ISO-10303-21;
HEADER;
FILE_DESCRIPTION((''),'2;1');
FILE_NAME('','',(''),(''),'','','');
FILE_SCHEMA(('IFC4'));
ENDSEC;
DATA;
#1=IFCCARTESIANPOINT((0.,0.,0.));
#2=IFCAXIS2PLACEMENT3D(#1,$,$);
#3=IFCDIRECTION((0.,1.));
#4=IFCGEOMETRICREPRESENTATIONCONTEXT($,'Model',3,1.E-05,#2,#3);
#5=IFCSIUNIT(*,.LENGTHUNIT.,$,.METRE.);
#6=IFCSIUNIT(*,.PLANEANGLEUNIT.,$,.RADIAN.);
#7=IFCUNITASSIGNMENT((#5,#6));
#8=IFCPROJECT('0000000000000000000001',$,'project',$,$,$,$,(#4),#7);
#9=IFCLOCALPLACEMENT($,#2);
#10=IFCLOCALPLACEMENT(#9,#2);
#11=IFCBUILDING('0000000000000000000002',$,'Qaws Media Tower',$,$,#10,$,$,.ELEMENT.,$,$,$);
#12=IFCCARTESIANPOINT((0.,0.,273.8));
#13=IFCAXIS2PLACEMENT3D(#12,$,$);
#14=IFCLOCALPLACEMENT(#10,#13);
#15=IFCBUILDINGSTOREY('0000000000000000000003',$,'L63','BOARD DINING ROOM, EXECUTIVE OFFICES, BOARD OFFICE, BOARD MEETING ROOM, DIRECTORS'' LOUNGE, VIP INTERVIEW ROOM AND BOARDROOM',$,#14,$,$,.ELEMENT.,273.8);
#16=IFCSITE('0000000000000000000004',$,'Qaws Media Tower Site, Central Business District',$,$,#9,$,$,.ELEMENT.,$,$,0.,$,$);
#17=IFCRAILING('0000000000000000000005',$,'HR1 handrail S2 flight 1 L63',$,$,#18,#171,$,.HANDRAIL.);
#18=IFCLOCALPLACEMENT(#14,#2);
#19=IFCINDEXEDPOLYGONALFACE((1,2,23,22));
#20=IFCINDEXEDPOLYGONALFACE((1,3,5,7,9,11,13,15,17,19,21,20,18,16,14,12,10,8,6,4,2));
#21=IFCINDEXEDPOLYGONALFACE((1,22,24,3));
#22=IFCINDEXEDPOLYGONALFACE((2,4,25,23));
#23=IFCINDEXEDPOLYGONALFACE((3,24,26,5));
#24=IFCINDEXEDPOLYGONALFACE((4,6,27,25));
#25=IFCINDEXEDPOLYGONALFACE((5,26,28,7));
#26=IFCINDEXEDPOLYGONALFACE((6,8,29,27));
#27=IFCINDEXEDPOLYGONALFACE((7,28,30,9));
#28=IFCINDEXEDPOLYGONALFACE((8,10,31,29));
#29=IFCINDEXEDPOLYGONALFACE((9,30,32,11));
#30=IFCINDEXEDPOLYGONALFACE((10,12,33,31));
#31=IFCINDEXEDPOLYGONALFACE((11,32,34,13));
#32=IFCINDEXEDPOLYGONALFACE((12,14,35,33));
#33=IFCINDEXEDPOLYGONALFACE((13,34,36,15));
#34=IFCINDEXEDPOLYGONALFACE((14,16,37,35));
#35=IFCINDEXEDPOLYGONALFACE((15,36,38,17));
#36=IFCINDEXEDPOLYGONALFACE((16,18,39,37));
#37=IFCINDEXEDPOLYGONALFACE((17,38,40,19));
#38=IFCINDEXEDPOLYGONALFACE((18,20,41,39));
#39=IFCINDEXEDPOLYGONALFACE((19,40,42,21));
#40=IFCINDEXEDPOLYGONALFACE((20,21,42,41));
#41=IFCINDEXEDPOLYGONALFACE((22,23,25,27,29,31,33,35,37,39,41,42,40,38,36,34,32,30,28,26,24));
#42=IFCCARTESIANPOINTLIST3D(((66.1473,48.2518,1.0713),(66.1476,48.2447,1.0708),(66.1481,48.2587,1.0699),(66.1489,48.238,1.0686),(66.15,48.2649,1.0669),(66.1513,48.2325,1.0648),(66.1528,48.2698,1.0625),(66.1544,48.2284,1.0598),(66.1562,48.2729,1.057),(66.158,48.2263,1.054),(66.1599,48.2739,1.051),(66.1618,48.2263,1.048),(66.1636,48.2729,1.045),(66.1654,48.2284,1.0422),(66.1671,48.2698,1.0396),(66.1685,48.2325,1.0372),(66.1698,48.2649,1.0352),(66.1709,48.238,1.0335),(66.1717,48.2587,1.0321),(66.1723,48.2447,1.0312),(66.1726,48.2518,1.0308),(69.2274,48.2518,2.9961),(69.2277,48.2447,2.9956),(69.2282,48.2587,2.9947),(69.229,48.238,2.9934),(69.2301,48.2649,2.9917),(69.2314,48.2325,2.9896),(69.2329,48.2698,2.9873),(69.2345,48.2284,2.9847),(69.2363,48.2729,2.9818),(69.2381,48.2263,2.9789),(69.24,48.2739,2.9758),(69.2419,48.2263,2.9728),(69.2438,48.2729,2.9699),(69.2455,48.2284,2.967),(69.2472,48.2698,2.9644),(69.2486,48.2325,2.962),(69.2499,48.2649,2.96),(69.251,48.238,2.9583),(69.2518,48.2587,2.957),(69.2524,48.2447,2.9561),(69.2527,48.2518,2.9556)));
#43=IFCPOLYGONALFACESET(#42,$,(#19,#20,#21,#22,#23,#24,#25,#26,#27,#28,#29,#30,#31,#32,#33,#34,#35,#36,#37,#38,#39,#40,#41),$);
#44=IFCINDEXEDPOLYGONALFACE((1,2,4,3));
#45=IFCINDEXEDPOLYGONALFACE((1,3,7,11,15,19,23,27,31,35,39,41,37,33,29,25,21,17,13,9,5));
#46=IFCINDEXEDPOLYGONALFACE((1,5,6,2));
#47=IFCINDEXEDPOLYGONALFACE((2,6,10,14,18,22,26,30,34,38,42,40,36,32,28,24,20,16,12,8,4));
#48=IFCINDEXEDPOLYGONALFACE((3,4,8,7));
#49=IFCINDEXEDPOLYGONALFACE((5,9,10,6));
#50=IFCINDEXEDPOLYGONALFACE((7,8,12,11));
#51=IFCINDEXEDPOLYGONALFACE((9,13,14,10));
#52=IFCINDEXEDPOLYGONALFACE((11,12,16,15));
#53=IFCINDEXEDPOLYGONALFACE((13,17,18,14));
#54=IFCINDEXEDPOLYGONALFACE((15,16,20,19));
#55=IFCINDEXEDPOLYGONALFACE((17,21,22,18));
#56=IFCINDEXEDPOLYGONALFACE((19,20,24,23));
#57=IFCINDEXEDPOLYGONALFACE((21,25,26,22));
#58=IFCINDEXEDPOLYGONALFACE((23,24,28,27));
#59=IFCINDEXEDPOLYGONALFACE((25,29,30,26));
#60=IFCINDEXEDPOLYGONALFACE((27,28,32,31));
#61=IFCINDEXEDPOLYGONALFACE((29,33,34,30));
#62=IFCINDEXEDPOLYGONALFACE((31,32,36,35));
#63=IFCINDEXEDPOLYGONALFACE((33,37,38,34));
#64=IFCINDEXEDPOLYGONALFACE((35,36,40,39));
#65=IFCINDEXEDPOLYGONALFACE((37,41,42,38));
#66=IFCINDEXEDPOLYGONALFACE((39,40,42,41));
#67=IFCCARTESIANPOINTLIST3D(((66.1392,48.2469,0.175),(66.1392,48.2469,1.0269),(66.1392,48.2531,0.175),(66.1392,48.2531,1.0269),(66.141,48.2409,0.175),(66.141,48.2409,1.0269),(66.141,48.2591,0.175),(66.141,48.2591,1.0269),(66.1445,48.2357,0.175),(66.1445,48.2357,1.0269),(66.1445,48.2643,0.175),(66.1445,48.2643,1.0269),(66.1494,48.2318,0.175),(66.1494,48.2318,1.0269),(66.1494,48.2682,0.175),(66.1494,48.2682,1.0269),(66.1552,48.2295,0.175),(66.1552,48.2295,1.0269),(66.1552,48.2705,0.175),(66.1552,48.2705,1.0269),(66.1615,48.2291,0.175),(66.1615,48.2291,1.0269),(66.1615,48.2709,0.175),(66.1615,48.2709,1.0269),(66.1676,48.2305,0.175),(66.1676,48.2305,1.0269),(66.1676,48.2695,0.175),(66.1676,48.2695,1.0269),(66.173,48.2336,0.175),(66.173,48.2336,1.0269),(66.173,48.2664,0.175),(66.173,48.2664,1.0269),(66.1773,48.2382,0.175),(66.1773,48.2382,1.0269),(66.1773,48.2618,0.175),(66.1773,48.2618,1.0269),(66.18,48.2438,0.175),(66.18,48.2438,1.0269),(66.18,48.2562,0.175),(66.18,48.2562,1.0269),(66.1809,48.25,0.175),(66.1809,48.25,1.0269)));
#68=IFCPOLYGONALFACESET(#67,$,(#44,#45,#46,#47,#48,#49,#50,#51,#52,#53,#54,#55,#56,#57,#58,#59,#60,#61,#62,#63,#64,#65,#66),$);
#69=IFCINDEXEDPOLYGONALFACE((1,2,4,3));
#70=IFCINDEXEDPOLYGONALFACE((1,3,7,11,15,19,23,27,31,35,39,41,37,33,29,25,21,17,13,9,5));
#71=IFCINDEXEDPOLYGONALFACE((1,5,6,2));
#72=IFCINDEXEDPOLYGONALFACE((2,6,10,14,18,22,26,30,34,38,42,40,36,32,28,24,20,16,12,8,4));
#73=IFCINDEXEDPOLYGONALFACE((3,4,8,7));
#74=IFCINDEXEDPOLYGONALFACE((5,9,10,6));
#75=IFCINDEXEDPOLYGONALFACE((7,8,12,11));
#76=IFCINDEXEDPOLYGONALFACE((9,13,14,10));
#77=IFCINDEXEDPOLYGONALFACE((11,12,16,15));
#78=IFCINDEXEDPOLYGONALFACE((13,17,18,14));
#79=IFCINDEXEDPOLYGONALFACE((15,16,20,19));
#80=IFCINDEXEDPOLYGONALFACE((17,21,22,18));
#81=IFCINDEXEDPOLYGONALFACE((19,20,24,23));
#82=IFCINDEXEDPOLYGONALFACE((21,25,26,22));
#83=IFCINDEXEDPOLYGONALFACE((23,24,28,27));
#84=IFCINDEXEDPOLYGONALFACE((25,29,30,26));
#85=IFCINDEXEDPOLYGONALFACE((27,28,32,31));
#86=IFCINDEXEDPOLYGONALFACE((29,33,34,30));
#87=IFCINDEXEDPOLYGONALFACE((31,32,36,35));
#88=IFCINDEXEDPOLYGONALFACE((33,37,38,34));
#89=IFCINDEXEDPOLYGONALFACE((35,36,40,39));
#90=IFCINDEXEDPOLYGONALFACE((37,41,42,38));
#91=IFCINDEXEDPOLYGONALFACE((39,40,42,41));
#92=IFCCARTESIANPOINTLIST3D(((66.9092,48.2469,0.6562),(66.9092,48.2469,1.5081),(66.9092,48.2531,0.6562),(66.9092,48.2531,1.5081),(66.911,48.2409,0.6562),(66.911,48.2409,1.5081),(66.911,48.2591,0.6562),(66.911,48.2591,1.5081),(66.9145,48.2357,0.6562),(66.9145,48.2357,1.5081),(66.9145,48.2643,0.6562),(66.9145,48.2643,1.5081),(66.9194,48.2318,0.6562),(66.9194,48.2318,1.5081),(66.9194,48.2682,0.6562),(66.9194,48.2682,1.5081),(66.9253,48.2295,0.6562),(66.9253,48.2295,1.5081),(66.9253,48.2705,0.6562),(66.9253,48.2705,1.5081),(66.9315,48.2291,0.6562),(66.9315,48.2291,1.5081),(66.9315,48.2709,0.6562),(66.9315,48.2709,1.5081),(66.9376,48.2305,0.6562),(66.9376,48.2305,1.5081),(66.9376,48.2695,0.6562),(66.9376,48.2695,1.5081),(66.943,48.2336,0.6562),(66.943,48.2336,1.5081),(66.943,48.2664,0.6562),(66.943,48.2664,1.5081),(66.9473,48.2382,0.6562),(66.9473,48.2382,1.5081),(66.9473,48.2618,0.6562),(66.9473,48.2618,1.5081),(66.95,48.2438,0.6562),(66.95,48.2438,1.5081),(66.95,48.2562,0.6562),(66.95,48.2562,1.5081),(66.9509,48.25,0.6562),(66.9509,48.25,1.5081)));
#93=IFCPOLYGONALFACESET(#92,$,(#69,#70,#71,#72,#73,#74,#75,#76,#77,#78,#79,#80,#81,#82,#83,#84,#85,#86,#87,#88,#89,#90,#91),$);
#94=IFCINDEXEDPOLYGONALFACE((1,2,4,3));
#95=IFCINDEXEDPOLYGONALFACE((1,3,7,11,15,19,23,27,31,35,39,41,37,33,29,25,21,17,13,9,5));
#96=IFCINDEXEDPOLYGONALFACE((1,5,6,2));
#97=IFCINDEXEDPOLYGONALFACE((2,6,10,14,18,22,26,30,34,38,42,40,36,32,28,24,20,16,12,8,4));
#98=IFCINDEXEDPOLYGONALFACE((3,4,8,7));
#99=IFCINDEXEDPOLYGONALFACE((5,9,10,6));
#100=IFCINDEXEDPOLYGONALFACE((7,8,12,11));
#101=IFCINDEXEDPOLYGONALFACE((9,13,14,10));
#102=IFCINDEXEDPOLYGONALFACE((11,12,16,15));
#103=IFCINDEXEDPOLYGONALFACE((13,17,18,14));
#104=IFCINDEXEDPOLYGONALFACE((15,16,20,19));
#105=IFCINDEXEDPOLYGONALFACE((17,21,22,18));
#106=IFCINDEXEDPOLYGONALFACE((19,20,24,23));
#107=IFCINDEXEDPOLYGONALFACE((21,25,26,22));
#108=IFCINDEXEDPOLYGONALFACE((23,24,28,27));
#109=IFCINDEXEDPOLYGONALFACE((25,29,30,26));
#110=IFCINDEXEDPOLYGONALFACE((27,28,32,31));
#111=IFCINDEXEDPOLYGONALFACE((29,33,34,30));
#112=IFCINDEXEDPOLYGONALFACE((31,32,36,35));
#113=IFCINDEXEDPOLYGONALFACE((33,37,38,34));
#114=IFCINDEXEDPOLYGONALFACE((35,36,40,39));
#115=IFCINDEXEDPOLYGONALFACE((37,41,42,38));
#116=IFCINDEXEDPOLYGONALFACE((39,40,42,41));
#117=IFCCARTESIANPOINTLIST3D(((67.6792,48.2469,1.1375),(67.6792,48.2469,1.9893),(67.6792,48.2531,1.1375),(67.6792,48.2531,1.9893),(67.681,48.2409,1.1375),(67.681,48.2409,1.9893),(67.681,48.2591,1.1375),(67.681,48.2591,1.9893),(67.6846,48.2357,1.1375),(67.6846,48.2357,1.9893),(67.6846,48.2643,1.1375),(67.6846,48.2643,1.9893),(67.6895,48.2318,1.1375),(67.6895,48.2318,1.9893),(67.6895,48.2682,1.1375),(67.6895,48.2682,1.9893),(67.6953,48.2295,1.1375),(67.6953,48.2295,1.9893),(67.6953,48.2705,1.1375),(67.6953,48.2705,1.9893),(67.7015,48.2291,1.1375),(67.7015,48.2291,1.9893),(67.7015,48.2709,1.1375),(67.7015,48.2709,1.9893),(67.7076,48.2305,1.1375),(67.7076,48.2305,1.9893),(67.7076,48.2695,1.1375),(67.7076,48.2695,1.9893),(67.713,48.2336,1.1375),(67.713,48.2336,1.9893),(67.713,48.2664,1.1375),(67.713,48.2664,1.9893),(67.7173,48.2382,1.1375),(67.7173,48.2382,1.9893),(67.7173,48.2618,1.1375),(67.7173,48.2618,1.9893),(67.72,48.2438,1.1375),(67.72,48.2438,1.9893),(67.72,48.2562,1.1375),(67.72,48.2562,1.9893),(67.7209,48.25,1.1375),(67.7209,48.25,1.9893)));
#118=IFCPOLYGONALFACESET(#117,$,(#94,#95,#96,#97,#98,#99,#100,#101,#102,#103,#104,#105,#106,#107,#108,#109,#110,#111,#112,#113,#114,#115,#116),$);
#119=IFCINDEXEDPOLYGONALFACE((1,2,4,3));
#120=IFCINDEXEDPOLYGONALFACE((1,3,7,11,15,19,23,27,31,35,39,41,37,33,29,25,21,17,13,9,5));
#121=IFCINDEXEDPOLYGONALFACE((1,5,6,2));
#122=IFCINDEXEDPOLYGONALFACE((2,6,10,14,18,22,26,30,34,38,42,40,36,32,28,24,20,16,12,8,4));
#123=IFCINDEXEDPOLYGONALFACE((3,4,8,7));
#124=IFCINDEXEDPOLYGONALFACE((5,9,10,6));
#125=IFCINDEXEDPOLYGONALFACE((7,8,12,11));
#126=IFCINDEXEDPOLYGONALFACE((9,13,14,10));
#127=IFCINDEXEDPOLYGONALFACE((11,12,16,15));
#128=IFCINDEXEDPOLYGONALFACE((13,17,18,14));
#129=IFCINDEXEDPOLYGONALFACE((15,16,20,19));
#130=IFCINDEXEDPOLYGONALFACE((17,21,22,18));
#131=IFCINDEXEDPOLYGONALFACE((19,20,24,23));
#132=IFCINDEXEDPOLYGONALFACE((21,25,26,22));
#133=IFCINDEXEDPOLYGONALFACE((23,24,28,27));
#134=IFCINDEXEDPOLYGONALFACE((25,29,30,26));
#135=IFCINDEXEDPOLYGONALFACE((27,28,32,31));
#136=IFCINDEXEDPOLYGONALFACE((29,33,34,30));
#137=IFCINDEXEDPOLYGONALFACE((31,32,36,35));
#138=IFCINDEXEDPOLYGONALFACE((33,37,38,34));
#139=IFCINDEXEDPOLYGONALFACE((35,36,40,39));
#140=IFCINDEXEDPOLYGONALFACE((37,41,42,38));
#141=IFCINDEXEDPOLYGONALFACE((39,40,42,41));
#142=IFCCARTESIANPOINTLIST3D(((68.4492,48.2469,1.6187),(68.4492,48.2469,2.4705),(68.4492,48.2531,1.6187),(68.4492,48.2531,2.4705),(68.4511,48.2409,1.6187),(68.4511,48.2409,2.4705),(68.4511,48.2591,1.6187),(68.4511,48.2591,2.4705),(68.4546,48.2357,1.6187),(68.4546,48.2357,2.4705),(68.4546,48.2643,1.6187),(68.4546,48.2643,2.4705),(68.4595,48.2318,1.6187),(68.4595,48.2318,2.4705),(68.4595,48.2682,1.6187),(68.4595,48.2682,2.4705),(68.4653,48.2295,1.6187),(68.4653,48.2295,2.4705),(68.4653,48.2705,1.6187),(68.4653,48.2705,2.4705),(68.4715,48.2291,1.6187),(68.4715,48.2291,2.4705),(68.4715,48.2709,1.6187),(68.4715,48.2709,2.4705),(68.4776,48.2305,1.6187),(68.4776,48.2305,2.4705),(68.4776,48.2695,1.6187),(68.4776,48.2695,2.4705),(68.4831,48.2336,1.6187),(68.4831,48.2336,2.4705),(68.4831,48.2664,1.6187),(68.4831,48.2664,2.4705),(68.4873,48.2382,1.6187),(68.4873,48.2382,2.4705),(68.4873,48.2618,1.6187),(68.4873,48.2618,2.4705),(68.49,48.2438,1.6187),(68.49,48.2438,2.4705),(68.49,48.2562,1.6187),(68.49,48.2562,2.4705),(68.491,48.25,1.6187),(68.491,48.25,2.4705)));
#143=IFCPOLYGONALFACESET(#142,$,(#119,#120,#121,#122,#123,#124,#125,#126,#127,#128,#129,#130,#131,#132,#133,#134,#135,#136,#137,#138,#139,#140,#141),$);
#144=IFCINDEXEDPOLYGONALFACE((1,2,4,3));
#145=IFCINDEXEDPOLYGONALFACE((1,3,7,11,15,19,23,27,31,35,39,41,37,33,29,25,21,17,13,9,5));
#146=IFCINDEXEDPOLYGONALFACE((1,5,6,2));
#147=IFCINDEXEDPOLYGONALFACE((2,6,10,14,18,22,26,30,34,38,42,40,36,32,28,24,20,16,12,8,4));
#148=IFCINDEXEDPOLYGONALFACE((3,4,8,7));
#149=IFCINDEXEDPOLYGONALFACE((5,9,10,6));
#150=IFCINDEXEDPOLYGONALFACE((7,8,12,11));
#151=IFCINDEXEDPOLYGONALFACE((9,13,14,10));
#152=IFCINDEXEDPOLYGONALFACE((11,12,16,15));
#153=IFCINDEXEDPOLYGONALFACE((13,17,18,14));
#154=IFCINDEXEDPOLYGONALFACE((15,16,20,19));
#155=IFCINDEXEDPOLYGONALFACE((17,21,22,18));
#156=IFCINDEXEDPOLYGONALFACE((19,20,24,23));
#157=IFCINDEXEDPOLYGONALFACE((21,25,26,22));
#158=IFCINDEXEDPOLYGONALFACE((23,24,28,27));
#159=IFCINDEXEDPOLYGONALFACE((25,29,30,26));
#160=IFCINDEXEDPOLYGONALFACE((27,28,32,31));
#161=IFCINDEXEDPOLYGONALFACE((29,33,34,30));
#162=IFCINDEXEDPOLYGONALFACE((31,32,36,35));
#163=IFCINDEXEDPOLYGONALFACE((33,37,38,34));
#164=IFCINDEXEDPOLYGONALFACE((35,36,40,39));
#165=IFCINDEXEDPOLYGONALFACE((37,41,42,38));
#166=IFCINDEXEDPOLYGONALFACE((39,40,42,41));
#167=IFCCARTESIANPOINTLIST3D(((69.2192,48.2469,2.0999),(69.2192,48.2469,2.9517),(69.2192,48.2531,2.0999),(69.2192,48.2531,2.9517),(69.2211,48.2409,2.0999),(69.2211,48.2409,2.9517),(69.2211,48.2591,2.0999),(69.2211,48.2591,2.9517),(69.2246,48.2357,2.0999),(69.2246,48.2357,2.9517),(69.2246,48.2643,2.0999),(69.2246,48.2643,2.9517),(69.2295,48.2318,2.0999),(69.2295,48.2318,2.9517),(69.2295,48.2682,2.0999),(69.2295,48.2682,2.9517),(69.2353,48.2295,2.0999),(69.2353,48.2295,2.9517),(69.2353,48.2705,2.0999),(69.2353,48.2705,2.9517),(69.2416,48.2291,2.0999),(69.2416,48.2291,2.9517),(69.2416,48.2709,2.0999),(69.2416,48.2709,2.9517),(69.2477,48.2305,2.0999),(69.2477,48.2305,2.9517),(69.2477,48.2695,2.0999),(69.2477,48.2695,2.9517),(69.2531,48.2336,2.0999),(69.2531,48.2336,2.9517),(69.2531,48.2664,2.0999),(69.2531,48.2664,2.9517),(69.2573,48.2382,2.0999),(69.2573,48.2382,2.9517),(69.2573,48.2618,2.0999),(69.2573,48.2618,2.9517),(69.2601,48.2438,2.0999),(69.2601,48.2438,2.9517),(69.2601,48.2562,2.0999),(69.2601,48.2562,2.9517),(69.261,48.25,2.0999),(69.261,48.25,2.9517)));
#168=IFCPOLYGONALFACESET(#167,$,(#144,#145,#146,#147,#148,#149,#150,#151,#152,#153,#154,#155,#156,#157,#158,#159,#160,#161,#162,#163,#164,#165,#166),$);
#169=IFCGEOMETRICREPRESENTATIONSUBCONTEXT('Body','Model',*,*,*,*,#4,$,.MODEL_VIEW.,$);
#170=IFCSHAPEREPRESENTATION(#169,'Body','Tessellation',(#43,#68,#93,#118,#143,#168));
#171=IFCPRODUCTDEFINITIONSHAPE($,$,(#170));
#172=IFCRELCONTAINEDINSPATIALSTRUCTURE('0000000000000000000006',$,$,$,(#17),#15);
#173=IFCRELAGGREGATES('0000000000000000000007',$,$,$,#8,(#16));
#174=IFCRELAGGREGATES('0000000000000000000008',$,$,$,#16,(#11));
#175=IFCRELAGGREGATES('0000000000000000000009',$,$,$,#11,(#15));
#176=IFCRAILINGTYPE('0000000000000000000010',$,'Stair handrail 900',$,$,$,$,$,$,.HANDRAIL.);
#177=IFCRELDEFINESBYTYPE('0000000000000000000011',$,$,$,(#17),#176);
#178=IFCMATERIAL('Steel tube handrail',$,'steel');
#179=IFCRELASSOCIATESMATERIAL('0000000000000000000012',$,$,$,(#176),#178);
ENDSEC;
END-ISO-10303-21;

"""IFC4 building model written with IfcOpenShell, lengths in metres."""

from ifc_helpers import new_model, si_unit, direction, frame, origin, origin_2d, place, context, subcontext, project, spatial, circle, extrude, material, type_object, element, save


model = new_model("IFC4")

# Units and contexts
model_context = context("Model", 3, precision=1e-05, world=origin(), true_north=direction((0.0, 1.0)))
body_context = subcontext(model_context, "Body", "Model", "MODEL_VIEW")
ifc_project = project(units=[si_unit("LENGTHUNIT", "METRE"), si_unit("PLANEANGLEUNIT", "RADIAN")], contexts=[model_context])

# Site, building, storey
site_placement = place(None, origin())
site = spatial("IfcSite", under=ifc_project, at=site_placement, Name="Qaws Media Tower Site, Central Business District", CompositionType="ELEMENT", RefElevation=0.0)
building_placement = place(site_placement, origin())
building = spatial("IfcBuilding", under=site, at=building_placement, Name="Qaws Media Tower", CompositionType="ELEMENT")
storey_placement = place(building_placement, frame((0.0, 0.0, 273.8)))
storey = spatial("IfcBuildingStorey", under=building, at=storey_placement, Name="L63", Description="BOARD DINING ROOM, EXECUTIVE OFFICES, BOARD OFFICE, BOARD MEETING ROOM, DIRECTORS' LOUNGE, VIP INTERVIEW ROOM AND BOARDROOM", CompositionType="ELEMENT", Elevation=273.8)

# Railing
ifc_material_1 = material(Name="Steel tube handrail", Category="steel")
railing_type = type_object("IfcRailingType", Name="Stair handrail 900", PredefinedType="HANDRAIL", material=ifc_material_1)
for number, where, name in (
    (1, (66.1599, 48.25, 0.175), "HR1 handrail S2 flight 1 L63"),
):
    element("IfcRailing", number, at=place(storey_placement, frame(where)), inside=storey, type_object=railing_type, Name=name, PredefinedType="HANDRAIL", context=body_context, shape_type="SweptSolid", body=[
        extrude(circle(Radius=0.0239, at=origin_2d()), frame((0.0, 0.0, 0.876), z_axis=(0.848029, 0.0, 0.529951), x_axis=(0.0, 1.0, 0.0)), (0.0, 0.0, 1.0), 3.6321),
        extrude(circle(Radius=0.021, at=origin_2d()), origin(), (0.0, 0.0, 1.0), 0.8518),
        extrude(circle(Radius=0.021, at=origin_2d()), frame((0.77, 0.0, 0.4812)), (0.0, 0.0, 1.0), 0.8518),
        extrude(circle(Radius=0.021, at=origin_2d()), frame((1.54, 0.0, 0.9624)), (0.0, 0.0, 1.0), 0.8518),
        extrude(circle(Radius=0.021, at=origin_2d()), frame((2.3101, 0.0, 1.4436)), (0.0, 0.0, 1.0), 0.8518),
        extrude(circle(Radius=0.021, at=origin_2d()), frame((3.0801, 0.0, 1.9248)), (0.0, 0.0, 1.0), 0.8518),
    ])

save(model, "model.ifc")
